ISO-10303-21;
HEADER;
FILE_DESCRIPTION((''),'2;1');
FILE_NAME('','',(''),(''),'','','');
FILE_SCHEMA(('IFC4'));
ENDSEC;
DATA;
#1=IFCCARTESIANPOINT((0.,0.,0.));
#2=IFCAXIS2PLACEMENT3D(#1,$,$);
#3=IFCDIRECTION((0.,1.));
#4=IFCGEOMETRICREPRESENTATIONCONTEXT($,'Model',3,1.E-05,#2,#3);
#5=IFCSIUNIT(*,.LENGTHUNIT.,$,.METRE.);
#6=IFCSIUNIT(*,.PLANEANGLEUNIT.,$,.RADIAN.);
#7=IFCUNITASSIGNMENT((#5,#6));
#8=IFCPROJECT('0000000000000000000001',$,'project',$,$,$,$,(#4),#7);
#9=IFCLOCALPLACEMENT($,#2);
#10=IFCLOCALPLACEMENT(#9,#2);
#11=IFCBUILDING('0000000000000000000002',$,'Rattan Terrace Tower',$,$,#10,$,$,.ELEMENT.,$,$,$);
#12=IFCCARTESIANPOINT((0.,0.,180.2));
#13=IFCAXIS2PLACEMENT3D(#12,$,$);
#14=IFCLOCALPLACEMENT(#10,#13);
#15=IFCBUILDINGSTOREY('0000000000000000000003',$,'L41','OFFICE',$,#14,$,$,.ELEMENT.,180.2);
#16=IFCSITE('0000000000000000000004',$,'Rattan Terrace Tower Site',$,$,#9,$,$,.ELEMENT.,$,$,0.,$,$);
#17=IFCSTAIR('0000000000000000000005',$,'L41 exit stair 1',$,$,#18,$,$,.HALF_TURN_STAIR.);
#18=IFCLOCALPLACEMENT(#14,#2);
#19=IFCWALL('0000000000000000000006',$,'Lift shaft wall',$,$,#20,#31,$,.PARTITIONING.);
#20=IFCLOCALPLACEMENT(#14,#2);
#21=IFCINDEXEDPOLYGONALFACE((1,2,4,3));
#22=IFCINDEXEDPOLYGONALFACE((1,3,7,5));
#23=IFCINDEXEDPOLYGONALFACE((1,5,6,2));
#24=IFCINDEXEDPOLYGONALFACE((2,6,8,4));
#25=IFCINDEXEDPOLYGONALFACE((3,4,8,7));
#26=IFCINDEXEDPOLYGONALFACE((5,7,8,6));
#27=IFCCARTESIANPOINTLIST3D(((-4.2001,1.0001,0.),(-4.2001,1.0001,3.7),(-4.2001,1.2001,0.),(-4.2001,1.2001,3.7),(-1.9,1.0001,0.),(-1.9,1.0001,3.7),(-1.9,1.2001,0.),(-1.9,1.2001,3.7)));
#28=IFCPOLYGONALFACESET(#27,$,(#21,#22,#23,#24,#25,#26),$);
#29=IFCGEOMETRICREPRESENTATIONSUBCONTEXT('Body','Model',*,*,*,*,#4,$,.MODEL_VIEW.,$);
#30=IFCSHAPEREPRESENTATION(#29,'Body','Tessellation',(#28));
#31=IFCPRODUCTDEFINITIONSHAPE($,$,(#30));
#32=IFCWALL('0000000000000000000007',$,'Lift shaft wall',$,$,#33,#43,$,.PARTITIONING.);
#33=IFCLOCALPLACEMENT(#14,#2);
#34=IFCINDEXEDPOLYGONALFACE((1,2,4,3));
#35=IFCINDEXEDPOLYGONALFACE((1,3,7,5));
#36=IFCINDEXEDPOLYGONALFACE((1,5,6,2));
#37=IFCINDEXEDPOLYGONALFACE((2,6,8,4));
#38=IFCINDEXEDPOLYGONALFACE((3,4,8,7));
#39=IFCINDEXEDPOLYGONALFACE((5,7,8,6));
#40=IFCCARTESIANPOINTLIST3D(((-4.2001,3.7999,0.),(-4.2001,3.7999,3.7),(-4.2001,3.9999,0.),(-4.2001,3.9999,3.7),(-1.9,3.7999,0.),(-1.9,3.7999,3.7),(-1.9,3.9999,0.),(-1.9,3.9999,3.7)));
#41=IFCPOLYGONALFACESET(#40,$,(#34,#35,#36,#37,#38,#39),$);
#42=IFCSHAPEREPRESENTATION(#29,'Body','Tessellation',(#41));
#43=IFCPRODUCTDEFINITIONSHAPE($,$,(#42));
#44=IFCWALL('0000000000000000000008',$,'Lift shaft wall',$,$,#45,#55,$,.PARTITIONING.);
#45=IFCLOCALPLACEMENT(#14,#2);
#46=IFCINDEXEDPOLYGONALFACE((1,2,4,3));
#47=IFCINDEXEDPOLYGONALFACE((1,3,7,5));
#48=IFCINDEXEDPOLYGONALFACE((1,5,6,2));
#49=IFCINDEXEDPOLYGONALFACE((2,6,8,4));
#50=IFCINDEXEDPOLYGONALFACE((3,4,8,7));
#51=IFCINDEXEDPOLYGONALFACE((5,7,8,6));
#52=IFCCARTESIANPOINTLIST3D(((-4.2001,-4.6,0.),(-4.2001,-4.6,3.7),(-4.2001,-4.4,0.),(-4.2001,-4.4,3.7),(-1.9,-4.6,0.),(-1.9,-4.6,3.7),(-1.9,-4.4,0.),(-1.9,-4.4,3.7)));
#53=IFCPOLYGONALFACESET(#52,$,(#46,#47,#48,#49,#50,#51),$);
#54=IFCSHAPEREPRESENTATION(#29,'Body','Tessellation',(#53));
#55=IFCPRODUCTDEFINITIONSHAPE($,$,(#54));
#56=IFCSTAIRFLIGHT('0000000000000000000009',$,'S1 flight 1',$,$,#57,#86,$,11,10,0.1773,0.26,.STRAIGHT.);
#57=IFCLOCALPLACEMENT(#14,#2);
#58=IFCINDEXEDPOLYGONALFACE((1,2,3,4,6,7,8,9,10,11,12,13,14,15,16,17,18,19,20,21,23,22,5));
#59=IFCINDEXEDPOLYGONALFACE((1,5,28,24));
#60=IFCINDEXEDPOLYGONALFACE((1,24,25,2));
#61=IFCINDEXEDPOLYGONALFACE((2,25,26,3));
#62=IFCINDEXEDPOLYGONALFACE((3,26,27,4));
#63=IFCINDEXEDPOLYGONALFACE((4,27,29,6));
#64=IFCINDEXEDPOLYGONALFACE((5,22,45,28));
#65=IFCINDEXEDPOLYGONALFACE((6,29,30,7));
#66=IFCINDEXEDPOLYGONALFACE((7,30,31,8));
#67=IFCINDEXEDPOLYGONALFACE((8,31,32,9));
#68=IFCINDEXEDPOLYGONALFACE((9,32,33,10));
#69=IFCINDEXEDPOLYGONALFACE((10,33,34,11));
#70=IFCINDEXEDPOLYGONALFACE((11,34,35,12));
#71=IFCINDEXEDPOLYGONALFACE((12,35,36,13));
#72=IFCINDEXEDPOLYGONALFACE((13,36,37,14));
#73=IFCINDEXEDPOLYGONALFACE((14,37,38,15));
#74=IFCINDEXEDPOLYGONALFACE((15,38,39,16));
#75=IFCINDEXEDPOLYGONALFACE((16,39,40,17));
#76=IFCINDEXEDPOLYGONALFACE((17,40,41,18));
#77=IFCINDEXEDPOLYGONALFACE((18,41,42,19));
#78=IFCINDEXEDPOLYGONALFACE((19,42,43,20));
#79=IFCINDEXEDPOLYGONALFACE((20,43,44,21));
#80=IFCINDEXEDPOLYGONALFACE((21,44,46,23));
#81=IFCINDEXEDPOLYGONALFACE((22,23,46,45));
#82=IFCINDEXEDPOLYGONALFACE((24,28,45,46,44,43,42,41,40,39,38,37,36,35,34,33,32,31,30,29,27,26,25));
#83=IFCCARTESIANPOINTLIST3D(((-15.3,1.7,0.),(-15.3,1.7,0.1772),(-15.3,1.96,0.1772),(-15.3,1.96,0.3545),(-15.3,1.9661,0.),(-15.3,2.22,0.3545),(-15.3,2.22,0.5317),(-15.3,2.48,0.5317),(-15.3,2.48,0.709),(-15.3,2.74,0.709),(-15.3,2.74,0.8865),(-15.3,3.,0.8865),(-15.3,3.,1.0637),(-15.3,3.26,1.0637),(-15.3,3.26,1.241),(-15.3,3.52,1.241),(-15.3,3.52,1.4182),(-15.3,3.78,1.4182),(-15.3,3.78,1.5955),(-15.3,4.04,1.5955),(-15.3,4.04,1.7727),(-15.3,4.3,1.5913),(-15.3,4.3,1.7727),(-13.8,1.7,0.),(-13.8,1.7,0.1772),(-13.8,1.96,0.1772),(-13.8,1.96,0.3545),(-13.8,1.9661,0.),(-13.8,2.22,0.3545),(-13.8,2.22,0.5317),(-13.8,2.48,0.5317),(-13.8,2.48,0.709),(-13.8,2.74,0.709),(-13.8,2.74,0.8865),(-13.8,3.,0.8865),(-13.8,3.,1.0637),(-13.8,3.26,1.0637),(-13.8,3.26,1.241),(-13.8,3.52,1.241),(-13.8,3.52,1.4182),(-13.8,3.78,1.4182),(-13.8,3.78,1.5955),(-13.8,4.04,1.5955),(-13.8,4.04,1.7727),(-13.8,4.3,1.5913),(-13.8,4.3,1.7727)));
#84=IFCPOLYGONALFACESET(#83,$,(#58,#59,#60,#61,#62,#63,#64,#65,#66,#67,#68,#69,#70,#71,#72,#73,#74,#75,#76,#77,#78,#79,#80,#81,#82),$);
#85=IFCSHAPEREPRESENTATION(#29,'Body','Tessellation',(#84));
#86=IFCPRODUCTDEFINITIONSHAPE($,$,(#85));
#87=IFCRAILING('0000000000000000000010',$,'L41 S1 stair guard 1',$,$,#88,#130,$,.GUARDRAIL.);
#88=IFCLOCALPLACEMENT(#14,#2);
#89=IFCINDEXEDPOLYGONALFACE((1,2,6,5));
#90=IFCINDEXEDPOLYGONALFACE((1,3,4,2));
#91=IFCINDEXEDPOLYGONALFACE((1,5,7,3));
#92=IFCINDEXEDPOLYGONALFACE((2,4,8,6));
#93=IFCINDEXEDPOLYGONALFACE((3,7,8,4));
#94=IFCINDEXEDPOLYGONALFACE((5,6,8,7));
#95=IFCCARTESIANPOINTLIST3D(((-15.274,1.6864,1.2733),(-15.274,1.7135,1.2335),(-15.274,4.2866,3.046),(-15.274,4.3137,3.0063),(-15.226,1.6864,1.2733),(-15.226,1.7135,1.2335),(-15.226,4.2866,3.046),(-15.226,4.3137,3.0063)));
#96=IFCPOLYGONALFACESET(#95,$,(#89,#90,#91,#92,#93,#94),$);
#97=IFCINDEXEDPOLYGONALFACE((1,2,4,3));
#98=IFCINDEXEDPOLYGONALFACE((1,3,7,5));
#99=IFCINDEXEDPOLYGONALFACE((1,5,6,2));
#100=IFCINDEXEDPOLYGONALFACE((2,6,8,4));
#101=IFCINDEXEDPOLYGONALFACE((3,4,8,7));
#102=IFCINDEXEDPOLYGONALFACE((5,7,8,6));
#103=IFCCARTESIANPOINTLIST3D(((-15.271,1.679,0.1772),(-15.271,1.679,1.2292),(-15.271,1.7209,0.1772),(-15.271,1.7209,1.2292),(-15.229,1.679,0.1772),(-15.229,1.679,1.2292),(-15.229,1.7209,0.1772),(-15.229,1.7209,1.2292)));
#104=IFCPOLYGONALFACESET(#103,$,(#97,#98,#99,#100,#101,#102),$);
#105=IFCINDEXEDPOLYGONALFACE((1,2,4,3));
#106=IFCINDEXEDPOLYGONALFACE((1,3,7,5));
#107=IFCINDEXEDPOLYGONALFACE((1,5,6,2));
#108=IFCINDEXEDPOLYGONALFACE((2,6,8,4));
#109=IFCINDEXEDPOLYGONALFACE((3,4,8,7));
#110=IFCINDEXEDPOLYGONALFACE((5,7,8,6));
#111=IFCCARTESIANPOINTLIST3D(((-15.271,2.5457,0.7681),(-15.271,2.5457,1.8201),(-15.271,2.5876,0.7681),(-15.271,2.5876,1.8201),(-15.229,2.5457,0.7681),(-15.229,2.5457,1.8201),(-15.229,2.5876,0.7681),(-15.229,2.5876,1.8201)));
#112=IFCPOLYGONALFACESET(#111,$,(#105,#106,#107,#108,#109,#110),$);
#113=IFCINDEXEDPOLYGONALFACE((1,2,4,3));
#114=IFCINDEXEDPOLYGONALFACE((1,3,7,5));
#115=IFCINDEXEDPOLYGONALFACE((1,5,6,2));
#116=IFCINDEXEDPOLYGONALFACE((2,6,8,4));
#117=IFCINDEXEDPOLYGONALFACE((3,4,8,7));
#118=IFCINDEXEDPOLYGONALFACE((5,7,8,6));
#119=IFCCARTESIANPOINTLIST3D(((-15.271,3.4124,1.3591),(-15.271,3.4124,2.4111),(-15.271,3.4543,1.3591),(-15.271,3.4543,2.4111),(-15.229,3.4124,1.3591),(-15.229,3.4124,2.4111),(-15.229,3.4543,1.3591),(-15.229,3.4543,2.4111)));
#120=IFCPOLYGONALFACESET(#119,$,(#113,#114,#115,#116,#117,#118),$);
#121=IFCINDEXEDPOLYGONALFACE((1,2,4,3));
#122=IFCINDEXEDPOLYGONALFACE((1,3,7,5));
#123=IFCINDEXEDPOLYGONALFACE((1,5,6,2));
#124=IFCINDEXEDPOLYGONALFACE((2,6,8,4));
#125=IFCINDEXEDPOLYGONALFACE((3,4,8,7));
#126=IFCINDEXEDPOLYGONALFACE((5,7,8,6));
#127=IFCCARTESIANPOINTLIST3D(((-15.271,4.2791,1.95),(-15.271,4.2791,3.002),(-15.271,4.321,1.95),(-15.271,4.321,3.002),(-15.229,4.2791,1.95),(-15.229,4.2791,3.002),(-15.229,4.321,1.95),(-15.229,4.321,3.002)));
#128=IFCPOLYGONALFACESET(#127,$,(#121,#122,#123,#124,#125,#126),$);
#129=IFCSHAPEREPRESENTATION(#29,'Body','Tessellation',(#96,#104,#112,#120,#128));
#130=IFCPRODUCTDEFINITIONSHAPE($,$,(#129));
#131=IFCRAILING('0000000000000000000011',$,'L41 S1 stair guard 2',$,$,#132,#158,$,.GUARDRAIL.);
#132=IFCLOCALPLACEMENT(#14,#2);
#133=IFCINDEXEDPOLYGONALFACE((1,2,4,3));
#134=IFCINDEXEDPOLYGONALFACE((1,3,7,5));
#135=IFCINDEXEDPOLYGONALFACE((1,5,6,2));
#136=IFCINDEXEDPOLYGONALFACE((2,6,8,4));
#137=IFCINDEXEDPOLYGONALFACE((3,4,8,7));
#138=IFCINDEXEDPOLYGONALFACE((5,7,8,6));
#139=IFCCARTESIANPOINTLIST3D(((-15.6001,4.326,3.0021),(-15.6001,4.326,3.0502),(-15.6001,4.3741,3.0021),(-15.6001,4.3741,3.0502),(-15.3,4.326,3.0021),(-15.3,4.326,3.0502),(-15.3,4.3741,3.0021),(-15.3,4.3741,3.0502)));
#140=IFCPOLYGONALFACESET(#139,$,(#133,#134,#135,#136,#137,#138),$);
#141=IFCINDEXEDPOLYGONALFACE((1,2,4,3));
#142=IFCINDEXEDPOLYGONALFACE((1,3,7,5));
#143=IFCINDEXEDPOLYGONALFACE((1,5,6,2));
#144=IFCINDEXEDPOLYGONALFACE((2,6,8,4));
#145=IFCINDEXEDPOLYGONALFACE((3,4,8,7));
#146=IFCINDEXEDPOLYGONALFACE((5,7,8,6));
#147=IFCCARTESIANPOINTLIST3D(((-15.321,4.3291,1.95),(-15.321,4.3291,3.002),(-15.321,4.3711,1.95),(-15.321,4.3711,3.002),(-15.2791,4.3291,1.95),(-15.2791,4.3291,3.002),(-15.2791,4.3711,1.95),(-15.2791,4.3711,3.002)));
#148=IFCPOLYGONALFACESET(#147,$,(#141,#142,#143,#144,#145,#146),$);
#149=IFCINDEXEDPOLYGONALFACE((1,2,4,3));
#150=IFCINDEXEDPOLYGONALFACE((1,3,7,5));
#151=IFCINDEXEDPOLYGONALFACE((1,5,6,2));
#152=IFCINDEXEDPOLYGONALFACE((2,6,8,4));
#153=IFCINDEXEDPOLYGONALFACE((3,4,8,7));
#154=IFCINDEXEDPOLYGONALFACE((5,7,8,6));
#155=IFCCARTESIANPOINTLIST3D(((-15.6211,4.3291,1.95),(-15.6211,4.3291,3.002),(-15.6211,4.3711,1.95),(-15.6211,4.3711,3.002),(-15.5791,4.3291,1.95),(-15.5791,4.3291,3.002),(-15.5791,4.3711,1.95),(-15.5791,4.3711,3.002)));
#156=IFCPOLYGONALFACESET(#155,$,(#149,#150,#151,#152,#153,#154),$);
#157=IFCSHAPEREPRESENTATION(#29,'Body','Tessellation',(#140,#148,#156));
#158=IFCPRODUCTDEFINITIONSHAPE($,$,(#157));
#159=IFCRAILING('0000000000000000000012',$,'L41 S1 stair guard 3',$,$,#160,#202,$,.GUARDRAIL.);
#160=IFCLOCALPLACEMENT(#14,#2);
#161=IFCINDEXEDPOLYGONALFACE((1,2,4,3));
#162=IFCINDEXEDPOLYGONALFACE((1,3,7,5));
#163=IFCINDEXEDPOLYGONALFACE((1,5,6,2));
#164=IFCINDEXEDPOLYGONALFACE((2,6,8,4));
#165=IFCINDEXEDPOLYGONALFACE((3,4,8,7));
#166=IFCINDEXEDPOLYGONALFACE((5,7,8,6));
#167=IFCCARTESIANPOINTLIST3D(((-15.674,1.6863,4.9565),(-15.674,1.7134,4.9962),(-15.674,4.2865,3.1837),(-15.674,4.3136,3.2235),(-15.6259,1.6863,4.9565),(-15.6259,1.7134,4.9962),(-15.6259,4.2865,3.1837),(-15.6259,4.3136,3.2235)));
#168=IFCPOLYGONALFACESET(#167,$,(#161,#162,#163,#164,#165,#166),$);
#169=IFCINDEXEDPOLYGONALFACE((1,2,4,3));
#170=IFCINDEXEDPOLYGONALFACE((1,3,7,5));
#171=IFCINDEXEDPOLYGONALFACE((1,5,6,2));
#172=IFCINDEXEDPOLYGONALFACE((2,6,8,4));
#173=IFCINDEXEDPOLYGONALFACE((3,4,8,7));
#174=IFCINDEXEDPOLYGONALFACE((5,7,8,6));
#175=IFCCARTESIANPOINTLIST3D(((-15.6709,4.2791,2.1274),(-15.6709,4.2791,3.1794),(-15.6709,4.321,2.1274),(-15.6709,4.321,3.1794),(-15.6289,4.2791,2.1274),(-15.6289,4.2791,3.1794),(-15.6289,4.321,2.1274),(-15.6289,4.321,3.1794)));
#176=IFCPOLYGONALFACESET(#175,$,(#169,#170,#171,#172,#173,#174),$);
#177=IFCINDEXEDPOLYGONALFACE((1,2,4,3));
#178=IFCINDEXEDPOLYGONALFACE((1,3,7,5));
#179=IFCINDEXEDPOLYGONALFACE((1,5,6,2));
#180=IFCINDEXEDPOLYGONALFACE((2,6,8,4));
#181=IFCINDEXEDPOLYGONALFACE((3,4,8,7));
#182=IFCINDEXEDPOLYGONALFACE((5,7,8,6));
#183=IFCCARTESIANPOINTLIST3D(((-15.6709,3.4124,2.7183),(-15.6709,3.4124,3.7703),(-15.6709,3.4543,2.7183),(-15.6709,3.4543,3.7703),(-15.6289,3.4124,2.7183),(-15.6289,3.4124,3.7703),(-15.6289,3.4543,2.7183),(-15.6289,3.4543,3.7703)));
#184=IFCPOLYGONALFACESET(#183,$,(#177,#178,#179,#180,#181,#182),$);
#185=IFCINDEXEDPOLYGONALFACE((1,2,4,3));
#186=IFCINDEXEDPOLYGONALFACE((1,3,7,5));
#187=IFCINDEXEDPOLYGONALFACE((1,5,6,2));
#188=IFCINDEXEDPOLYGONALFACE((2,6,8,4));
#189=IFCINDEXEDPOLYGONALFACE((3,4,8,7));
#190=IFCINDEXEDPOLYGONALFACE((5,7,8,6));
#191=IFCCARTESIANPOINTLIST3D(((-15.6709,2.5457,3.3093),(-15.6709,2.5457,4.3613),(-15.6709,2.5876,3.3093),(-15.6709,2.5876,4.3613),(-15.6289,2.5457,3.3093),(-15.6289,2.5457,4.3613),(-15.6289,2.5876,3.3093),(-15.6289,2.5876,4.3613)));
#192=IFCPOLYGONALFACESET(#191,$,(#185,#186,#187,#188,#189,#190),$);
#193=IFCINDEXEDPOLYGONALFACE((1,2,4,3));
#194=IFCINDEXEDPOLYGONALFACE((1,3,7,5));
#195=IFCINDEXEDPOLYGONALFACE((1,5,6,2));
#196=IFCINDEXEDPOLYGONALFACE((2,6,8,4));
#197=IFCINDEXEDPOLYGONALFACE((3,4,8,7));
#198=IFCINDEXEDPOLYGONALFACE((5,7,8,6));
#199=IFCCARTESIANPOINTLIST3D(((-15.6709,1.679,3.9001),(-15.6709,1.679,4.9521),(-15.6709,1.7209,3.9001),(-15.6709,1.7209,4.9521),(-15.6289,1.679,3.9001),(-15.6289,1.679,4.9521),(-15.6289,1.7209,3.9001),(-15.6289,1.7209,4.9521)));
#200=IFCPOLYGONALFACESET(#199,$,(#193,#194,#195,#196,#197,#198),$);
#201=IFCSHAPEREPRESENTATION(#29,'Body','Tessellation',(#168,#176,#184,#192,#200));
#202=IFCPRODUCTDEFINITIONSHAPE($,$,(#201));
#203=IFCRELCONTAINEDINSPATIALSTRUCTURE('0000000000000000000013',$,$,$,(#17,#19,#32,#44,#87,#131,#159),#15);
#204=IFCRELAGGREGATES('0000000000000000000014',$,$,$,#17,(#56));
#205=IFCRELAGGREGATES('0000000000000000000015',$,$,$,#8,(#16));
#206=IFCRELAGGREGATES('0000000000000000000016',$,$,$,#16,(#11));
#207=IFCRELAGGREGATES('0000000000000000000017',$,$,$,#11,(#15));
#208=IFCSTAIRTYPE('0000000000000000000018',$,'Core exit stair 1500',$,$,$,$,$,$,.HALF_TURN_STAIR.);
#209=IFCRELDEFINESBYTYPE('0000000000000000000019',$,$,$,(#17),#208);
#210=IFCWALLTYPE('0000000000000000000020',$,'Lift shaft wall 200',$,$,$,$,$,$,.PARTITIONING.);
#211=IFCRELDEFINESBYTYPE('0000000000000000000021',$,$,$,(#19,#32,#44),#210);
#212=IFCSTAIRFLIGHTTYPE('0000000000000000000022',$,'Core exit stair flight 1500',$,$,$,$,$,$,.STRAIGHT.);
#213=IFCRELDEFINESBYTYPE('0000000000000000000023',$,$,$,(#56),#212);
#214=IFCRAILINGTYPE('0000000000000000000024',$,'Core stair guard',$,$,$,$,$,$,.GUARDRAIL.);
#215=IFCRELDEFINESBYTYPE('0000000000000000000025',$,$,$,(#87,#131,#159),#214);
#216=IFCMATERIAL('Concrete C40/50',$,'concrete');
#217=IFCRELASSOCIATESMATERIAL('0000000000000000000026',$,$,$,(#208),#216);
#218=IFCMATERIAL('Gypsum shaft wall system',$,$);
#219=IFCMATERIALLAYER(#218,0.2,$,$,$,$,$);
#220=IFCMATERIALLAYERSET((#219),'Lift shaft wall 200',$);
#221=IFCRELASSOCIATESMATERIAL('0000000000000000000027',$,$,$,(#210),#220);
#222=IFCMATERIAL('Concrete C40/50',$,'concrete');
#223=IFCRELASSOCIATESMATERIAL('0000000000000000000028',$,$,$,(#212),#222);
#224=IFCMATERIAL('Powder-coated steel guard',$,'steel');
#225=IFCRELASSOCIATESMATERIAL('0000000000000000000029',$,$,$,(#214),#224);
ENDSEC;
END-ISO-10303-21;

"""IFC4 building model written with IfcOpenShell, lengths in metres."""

from ifc_helpers import new_model, si_unit, direction, frame, frame_2d, origin, origin_2d, place, context, subcontext, project, spatial, polyline, rectangle, outline, extrude, material, layer, layer_set, type_object, element, aggregate, save


model = new_model("IFC4")

# Units and contexts
model_context = context("Model", 3, precision=1e-05, world=origin(), true_north=direction((0.0, 1.0)))
body_context = subcontext(model_context, "Body", "Model", "MODEL_VIEW")
ifc_project = project(units=[si_unit("LENGTHUNIT", "METRE"), si_unit("PLANEANGLEUNIT", "RADIAN")], contexts=[model_context])

# Site, building, storey
site_placement = place(None, origin())
site = spatial("IfcSite", under=ifc_project, at=site_placement, Name="Rattan Terrace Tower Site", CompositionType="ELEMENT", RefElevation=0.0)
building_placement = place(site_placement, origin())
building = spatial("IfcBuilding", under=site, at=building_placement, Name="Rattan Terrace Tower", CompositionType="ELEMENT")
storey_placement = place(building_placement, frame((0.0, 0.0, 180.2)))
storey = spatial("IfcBuildingStorey", under=building, at=storey_placement, Name="L41", Description="OFFICE", CompositionType="ELEMENT", Elevation=180.2)

# Stair
ifc_material_1 = material(Name="Concrete C40/50", Category="concrete")
stair_type = type_object("IfcStairType", Name="Core exit stair 1500", PredefinedType="HALF_TURN_STAIR", material=ifc_material_1)
stair_1_placement = place(storey_placement, origin())
stair_1 = element("IfcStair", 1, at=stair_1_placement, inside=storey, type_object=stair_type, Name="L41 exit stair 1", PredefinedType="HALF_TURN_STAIR")

# Walls
ifc_material_2 = material(Name="Gypsum shaft wall system")
ifc_layer_1 = layer(ifc_material_2, 0.2)
ifc_layer_set_1 = layer_set([ifc_layer_1], Name="Lift shaft wall 200")
wall_type_1 = type_object("IfcWallType", Name="Lift shaft wall 200", PredefinedType="PARTITIONING", material=ifc_layer_set_1)
for number, where, z_axis, x_axis, name in (
    (2, (-4.2, 1.1001, 0.0), (0.0, 0.0, 1.0), (1.0, 0.0, 0.0), "Lift shaft wall"),
    (3, (-4.2, 3.8999, 0.0), (0.0, 0.0, 1.0), (1.0, 0.0, 0.0), "Lift shaft wall"),
    (4, (-4.2, -4.5, 0.0), (0.0, 0.0, 1.0), (1.0, 0.0, 0.0), "Lift shaft wall"),
):
    element("IfcWall", number, at=place(storey_placement, frame(where, z_axis=z_axis, x_axis=x_axis)), inside=storey, type_object=wall_type_1, Name=name, PredefinedType="PARTITIONING", context=body_context, shape_type="SweptSolid", body=[
        extrude(rectangle(XDim=2.3, YDim=0.2, at=frame_2d((1.1499, 0.0))), origin(), (0.0, 0.0, 1.0), 3.7),
    ])

# Stair flight
ifc_material_3 = material(Name="Concrete C40/50", Category="concrete")
stair_flight_type = type_object("IfcStairFlightType", Name="Core exit stair flight 1500", PredefinedType="STRAIGHT", material=ifc_material_3)
stair_flight_placement = place(storey_placement, frame((-14.55, 1.7, 0.0), z_axis=(0.0, 0.0, 1.0), x_axis=(0.0, 1.0, 0.0)))
stair_flight = element("IfcStairFlight", 5, at=stair_flight_placement, type_object=stair_flight_type, Name="S1 flight 1", NumberOfRisers=11, NumberOfTreads=10, PredefinedType="STRAIGHT", RiserHeight=0.1773, TreadLength=0.26, context=body_context, shape_type="SweptSolid", body=[
    extrude(outline(polyline([(0.0, 0.0), (0.0, 0.1772), (0.26, 0.1772), (0.26, 0.3545), (0.52, 0.3545), (0.52, 0.5317), (0.78, 0.5317), (0.78, 0.709), (1.04, 0.709), (1.04, 0.8865), (1.3, 0.8865), (1.3, 1.0637), (1.5601, 1.0637), (1.5601, 1.241), (1.8201, 1.241), (1.8201, 1.4182), (2.0801, 1.4182), (2.0801, 1.5955), (2.3401, 1.5955), (2.3401, 1.7727), (2.6001, 1.7727), (2.6001, 1.95), (2.6001, 1.5913), (0.2661, 0.0), (0.0, 0.0)])), frame((0.0, 0.75, 0.0), z_axis=(0.0, -1.0, 0.0), x_axis=(1.0, 0.0, 0.0)), (0.0, 0.0, 1.0), 1.5),
])
aggregate(stair_1, [stair_flight])

# Railings
ifc_material_4 = material(Name="Powder-coated steel guard", Category="steel")
railing_type_1 = type_object("IfcRailingType", Name="Core stair guard", PredefinedType="GUARDRAIL", material=ifc_material_4)
railing_1_placement = place(storey_placement, frame((-15.25, 1.7, 0.1772)))
element("IfcRailing", 6, at=railing_1_placement, inside=storey, type_object=railing_type_1, Name="L41 S1 stair guard 1", PredefinedType="GUARDRAIL", context=body_context, shape_type="SweptSolid", body=[
    extrude(rectangle(XDim=0.0481, YDim=0.0481, at=origin_2d()), frame((0.0, 0.0, 1.0762), z_axis=(0.0, 0.82624, 0.563318), x_axis=(-1.0, 0.0, 0.0)), (0.0, 0.0, 1.0), 3.147),
    extrude(rectangle(XDim=0.042, YDim=0.042, at=origin_2d()), origin(), (0.0, 0.0, 1.0), 1.052),
    extrude(rectangle(XDim=0.042, YDim=0.042, at=origin_2d()), frame((0.0, 0.8667, 0.5908)), (0.0, 0.0, 1.0), 1.052),
    extrude(rectangle(XDim=0.042, YDim=0.042, at=origin_2d()), frame((0.0, 1.7334, 1.1819)), (0.0, 0.0, 1.0), 1.052),
    extrude(rectangle(XDim=0.042, YDim=0.042, at=origin_2d()), frame((0.0, 2.6001, 1.7727)), (0.0, 0.0, 1.0), 1.052),
])
railing_2_placement = place(storey_placement, frame((-15.3, 4.3501, 1.95)))
element("IfcRailing", 7, at=railing_2_placement, inside=storey, type_object=railing_type_1, Name="L41 S1 stair guard 2", PredefinedType="GUARDRAIL", context=body_context, shape_type="SweptSolid", body=[
    extrude(rectangle(XDim=0.0481, YDim=0.0481, at=origin_2d()), frame((0.0, 0.0, 1.0762), z_axis=(-1.0, 0.0, 0.0), x_axis=(0.0, -1.0, 0.0)), (0.0, 0.0, 1.0), 0.3),
    extrude(rectangle(XDim=0.042, YDim=0.042, at=origin_2d()), origin(), (0.0, 0.0, 1.0), 1.052),
    extrude(rectangle(XDim=0.042, YDim=0.042, at=origin_2d()), frame((-0.3, 0.0, 0.0)), (0.0, 0.0, 1.0), 1.052),
])
railing_3_placement = place(storey_placement, frame((-15.6499, 4.3, 2.1274)))
element("IfcRailing", 8, at=railing_3_placement, inside=storey, type_object=railing_type_1, Name="L41 S1 stair guard 3", PredefinedType="GUARDRAIL", context=body_context, shape_type="SweptSolid", body=[
    extrude(rectangle(XDim=0.0481, YDim=0.0481, at=origin_2d()), frame((0.0, 0.0, 1.0762), z_axis=(0.0, -0.82624, 0.563318), x_axis=(1.0, 0.0, 0.0)), (0.0, 0.0, 1.0), 3.147),
    extrude(rectangle(XDim=0.042, YDim=0.042, at=origin_2d()), origin(), (0.0, 0.0, 1.0), 1.052),
    extrude(rectangle(XDim=0.042, YDim=0.042, at=origin_2d()), frame((0.0, -0.8667, 0.5908)), (0.0, 0.0, 1.0), 1.052),
    extrude(rectangle(XDim=0.042, YDim=0.042, at=origin_2d()), frame((0.0, -1.7334, 1.1819)), (0.0, 0.0, 1.0), 1.052),
    extrude(rectangle(XDim=0.042, YDim=0.042, at=origin_2d()), frame((0.0, -2.6001, 1.7727)), (0.0, 0.0, 1.0), 1.052),
])

save(model, "model.ifc")
